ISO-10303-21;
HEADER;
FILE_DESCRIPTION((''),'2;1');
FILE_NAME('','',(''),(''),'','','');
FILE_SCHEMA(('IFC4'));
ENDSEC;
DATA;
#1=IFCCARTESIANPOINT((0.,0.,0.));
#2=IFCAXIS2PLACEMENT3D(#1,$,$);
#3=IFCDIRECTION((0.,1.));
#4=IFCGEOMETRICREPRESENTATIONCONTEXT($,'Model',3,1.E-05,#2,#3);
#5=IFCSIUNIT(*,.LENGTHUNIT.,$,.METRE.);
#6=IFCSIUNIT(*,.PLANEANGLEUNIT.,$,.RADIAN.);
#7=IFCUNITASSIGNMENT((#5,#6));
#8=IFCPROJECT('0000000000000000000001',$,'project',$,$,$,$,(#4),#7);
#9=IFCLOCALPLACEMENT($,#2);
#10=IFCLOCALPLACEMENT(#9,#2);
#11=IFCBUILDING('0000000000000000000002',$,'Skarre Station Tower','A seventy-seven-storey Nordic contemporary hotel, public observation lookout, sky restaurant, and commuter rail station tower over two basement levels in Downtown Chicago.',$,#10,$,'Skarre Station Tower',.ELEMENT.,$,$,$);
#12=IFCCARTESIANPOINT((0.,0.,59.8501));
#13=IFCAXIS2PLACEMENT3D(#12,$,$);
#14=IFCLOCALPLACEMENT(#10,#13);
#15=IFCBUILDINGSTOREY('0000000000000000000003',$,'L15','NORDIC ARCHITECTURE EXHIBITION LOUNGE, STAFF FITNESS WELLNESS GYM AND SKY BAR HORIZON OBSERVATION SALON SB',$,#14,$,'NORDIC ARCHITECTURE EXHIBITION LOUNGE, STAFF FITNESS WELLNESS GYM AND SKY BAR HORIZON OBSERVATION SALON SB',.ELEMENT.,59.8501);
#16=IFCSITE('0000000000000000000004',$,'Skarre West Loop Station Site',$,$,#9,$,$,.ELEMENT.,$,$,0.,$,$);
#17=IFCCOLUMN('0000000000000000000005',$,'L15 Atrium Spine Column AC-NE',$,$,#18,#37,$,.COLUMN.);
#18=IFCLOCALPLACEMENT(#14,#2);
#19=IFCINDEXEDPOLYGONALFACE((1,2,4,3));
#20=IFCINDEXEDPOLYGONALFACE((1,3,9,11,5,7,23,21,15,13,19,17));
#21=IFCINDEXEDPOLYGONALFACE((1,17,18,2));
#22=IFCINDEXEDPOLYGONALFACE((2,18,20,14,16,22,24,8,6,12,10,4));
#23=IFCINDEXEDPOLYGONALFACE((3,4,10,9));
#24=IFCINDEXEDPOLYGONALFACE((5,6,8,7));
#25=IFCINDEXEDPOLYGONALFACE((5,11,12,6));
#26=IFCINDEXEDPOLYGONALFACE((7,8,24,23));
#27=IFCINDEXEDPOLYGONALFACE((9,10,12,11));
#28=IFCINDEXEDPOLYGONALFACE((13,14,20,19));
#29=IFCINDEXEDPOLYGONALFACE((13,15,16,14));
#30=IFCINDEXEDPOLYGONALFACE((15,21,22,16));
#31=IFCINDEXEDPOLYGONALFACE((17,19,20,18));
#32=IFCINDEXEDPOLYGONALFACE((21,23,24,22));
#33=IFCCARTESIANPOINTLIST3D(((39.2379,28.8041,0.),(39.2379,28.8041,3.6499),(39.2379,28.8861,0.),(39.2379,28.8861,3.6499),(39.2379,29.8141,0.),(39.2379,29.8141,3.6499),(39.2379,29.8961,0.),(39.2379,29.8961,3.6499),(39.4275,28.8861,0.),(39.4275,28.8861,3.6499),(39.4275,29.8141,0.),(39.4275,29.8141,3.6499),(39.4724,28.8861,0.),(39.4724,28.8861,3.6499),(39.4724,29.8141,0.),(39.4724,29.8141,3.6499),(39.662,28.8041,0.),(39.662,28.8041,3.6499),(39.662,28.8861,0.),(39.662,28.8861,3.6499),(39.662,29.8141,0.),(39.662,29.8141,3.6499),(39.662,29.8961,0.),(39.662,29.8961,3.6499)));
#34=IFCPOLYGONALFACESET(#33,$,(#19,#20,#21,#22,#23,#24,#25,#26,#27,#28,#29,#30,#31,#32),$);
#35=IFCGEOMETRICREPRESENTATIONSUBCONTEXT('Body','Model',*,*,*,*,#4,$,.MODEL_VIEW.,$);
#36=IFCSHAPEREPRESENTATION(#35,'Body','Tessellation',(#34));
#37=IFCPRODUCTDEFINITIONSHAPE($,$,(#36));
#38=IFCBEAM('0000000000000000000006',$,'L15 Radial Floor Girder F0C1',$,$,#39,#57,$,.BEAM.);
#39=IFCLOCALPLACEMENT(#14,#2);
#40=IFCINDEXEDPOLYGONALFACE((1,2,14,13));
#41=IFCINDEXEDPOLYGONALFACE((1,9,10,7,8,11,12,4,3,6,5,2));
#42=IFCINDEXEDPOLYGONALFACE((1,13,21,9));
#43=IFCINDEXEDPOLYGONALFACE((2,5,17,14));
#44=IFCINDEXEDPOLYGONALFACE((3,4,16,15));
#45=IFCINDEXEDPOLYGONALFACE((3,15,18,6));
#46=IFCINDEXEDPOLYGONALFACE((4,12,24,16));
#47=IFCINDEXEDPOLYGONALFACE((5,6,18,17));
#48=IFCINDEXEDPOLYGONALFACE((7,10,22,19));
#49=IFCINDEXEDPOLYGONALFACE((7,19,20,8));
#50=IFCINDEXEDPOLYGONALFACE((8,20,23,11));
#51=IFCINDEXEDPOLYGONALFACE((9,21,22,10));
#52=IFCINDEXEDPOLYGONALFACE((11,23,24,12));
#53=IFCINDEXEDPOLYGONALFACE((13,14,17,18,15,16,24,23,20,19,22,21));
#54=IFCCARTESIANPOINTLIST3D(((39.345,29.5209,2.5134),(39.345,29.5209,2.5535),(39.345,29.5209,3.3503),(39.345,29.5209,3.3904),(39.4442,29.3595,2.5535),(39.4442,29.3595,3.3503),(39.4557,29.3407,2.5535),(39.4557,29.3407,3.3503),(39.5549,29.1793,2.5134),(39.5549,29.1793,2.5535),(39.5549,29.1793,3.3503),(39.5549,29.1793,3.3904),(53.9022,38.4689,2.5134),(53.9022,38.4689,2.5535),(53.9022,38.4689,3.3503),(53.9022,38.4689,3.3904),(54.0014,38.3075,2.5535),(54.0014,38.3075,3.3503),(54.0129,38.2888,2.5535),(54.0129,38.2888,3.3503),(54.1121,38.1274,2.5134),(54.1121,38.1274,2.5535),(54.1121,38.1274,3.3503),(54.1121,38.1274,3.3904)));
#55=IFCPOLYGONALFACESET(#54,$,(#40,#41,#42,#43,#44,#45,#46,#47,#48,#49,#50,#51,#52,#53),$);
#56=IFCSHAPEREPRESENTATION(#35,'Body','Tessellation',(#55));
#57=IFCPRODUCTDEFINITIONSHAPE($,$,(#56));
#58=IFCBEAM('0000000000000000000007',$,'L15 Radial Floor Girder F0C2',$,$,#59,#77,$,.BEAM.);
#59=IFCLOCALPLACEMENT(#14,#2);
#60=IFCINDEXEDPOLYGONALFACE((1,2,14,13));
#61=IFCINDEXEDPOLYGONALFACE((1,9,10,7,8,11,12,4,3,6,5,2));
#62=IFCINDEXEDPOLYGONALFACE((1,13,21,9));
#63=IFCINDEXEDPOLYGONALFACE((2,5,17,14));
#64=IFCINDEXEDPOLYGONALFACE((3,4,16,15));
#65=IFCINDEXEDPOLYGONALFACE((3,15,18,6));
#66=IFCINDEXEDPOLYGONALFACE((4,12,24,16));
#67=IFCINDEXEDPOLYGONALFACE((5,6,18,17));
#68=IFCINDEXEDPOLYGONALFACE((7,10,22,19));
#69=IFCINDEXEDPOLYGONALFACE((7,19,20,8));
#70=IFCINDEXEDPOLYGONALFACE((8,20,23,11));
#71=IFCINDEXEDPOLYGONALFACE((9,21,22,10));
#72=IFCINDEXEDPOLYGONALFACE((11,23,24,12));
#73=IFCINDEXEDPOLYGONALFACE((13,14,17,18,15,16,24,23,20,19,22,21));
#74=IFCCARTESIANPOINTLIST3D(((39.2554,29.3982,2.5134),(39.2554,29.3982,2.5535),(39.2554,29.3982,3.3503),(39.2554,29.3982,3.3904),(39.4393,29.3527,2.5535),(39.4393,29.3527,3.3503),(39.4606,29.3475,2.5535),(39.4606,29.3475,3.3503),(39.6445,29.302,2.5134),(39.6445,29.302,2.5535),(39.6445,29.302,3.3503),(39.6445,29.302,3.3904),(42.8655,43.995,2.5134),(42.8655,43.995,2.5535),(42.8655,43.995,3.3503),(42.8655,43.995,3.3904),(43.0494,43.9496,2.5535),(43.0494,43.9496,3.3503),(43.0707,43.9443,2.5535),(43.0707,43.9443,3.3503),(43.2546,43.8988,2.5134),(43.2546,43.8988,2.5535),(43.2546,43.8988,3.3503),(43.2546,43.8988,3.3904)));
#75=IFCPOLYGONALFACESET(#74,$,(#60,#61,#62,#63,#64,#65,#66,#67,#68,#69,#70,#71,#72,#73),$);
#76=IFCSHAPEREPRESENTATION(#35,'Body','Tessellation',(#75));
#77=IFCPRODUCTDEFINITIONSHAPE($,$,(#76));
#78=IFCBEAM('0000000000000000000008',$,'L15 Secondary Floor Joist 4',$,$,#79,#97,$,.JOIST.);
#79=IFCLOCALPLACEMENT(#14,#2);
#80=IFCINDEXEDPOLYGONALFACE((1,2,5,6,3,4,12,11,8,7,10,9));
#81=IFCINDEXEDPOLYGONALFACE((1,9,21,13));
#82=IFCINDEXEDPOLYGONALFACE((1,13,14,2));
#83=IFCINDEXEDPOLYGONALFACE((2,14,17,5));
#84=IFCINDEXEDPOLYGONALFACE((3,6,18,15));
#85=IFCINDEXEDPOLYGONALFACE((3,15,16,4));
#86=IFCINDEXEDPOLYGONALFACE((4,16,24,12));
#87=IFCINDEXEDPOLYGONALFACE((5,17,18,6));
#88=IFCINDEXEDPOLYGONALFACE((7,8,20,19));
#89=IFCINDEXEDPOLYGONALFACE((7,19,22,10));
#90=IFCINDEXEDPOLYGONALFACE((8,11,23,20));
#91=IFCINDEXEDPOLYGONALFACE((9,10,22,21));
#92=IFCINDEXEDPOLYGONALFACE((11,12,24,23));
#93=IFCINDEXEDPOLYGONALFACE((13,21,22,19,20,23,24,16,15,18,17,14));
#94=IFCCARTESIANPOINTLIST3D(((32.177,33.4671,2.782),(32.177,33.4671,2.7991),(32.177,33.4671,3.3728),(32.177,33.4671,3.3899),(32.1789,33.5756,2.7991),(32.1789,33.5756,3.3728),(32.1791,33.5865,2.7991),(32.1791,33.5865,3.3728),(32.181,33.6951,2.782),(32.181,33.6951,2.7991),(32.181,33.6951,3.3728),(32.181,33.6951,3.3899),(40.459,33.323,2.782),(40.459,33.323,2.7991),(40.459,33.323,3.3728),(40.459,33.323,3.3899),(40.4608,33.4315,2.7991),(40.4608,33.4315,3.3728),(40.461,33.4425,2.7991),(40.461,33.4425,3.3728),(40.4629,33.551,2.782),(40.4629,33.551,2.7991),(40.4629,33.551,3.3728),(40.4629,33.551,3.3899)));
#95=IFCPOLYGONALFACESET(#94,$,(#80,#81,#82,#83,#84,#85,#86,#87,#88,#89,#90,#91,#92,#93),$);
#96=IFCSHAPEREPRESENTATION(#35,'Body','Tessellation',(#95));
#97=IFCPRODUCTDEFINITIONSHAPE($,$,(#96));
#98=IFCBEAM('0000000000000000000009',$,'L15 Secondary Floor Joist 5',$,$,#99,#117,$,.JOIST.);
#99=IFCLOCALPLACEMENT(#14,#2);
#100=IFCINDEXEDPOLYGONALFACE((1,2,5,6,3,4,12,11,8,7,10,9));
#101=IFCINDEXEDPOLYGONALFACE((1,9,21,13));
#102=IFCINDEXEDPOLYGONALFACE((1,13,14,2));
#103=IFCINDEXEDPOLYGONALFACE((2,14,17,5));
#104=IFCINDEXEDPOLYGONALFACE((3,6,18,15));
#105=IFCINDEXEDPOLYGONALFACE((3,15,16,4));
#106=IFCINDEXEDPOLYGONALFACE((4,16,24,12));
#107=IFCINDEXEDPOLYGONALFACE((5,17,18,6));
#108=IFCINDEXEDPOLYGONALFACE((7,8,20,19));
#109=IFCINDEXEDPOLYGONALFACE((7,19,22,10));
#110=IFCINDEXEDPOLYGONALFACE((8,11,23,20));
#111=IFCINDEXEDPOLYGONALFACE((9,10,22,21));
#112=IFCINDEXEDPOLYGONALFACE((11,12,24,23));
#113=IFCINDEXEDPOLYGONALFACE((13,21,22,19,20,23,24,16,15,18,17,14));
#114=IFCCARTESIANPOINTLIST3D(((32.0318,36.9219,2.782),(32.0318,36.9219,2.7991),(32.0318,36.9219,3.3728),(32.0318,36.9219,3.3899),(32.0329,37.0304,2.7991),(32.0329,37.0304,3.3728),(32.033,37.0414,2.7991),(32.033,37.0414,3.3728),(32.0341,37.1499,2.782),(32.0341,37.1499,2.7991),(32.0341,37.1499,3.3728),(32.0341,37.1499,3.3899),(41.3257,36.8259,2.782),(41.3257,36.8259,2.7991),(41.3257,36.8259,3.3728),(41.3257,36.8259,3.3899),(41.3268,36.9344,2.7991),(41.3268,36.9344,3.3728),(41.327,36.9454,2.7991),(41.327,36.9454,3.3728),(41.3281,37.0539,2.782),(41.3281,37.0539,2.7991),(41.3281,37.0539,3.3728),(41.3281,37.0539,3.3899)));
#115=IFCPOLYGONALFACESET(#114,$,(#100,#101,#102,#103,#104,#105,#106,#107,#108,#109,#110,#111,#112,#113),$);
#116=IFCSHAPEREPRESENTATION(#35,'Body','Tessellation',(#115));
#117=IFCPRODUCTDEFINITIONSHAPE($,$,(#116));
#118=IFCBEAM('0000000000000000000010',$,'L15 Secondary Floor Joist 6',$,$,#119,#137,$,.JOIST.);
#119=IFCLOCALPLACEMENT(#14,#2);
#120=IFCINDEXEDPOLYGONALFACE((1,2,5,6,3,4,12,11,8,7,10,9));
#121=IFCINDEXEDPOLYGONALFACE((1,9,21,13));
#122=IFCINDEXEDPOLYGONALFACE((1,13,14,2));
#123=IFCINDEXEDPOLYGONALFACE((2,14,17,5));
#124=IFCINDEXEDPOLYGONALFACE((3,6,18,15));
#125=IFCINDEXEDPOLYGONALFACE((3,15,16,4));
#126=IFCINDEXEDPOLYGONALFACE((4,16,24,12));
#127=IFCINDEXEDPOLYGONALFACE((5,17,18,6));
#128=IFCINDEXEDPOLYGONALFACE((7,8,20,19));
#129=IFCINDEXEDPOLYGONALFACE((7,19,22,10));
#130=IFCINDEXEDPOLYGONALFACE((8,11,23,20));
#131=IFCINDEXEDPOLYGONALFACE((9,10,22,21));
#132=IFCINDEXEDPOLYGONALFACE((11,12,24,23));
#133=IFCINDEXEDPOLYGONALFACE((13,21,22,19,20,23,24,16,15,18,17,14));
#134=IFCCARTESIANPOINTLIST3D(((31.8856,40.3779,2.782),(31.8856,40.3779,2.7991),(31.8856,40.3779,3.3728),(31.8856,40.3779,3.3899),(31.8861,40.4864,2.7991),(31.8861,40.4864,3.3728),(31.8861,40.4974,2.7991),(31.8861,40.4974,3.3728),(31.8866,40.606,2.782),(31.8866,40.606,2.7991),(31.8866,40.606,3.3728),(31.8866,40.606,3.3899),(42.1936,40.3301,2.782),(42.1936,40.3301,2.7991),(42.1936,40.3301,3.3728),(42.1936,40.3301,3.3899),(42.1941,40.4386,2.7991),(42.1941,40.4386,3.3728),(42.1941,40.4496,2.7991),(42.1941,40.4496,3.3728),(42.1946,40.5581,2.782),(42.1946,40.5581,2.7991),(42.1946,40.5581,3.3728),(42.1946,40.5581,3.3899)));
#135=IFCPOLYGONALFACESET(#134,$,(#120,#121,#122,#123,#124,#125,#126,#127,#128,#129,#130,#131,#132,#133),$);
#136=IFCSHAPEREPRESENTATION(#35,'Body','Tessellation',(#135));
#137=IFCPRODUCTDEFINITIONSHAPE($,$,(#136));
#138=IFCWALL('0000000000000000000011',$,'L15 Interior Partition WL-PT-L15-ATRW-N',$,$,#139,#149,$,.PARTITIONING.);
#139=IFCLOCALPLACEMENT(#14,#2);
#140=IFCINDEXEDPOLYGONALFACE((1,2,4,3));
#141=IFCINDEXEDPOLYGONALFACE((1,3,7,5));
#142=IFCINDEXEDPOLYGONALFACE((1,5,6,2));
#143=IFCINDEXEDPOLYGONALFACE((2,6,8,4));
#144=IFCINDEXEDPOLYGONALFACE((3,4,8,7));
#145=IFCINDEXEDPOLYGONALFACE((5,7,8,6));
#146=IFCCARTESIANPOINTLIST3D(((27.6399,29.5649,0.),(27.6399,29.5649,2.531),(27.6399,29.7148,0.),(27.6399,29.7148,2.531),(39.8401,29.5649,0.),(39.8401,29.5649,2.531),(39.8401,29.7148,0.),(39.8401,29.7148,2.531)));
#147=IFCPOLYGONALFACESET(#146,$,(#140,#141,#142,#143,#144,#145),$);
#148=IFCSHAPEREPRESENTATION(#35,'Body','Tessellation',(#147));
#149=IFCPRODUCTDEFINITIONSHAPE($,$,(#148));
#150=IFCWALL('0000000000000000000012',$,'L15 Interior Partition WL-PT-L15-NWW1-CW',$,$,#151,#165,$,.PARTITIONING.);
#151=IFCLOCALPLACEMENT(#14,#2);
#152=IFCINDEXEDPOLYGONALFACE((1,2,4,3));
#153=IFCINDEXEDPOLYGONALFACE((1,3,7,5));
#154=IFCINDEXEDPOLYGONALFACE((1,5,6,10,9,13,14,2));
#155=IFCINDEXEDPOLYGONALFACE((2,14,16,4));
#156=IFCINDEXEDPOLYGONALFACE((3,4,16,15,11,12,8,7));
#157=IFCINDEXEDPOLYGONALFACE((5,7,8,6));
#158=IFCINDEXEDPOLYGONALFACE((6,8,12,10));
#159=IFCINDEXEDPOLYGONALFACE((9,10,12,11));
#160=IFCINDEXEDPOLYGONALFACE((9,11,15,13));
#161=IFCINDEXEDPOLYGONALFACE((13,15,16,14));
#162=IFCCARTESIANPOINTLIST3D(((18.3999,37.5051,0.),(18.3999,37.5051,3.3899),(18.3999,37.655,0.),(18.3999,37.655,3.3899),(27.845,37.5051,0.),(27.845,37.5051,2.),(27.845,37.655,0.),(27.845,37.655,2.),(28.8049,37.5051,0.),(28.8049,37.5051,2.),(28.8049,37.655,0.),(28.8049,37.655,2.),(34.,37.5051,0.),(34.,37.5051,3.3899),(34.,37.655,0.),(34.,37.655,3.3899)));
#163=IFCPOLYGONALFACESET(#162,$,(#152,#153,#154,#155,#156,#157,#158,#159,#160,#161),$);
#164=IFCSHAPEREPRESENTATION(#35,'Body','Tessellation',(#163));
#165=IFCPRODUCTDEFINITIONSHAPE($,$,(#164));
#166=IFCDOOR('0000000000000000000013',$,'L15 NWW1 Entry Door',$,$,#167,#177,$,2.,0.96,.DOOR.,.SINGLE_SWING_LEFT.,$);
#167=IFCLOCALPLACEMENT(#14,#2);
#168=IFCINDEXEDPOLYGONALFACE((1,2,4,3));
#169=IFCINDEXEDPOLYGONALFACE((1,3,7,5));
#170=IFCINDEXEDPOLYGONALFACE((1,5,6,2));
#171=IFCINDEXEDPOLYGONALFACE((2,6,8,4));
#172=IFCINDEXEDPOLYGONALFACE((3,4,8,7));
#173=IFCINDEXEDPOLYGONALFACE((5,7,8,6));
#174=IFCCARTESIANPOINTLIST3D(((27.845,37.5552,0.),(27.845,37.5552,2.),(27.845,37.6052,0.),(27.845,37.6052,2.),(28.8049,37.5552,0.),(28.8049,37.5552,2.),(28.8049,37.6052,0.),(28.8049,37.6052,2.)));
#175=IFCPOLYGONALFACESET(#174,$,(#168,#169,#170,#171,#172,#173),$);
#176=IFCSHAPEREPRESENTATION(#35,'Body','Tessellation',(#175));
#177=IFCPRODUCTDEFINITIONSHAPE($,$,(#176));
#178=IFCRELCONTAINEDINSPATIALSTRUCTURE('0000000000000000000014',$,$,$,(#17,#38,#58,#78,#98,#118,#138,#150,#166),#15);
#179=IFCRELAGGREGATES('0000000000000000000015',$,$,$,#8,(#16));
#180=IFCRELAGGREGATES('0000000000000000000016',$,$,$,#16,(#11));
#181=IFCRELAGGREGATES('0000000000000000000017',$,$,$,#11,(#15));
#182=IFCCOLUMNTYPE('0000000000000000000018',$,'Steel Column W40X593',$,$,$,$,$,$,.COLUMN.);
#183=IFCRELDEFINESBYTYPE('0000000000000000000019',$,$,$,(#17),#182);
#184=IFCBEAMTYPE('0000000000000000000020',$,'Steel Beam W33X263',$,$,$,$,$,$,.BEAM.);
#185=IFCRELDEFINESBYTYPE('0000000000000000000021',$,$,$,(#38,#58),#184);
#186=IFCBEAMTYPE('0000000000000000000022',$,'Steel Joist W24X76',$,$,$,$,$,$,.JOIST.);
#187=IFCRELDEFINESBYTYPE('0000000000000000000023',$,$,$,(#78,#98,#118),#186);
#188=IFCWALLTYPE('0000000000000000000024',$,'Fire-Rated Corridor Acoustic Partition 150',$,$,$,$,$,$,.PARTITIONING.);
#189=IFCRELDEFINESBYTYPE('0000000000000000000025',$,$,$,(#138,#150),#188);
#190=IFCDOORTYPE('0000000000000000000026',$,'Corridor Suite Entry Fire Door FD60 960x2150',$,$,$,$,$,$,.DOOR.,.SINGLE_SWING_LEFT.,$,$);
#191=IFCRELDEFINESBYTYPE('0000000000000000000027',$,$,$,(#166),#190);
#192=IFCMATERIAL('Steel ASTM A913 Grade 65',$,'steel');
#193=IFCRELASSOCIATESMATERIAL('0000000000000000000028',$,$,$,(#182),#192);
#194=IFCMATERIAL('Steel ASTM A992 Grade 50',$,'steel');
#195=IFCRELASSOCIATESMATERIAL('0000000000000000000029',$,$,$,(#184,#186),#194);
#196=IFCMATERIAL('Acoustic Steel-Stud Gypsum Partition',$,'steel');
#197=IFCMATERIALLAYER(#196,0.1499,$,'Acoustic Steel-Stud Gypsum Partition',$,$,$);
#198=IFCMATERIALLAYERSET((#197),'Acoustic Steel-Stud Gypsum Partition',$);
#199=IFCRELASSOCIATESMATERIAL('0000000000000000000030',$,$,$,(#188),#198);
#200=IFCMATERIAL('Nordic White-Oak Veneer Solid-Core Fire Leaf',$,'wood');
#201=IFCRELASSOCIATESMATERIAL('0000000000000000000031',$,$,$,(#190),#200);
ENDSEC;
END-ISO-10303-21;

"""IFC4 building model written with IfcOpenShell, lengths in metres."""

from ifc_helpers import new_model, si_unit, direction, frame, frame_2d, origin, origin_2d, place, context, subcontext, project, spatial, rectangle, i_section, extrude, material, layer, layer_set, material_profile, profile_set, type_object, element, fill, save


model = new_model("IFC4")

# Units and contexts
model_context = context("Model", 3, precision=1e-05, world=origin(), true_north=direction((0.0, 1.0)))
body_context = subcontext(model_context, "Body", "Model", "MODEL_VIEW")
ifc_project = project(units=[si_unit("LENGTHUNIT", "METRE"), si_unit("PLANEANGLEUNIT", "RADIAN")], contexts=[model_context])

# Site, building, storey
site_placement = place(None, origin())
site = spatial("IfcSite", under=ifc_project, at=site_placement, Name="Skarre West Loop Station Site", CompositionType="ELEMENT", RefElevation=0.0)
building_placement = place(site_placement, origin())
building = spatial("IfcBuilding", under=site, at=building_placement, Name="Skarre Station Tower", Description="A seventy-seven-storey Nordic contemporary hotel, public observation lookout, sky restaurant, and commuter rail station tower over two basement levels in Downtown Chicago.", LongName="Skarre Station Tower", CompositionType="ELEMENT")
storey_placement = place(building_placement, frame((0.0, 0.0, 59.8501)))
storey = spatial("IfcBuildingStorey", under=building, at=storey_placement, Name="L15", Description="NORDIC ARCHITECTURE EXHIBITION LOUNGE, STAFF FITNESS WELLNESS GYM AND SKY BAR HORIZON OBSERVATION SALON SB", LongName="NORDIC ARCHITECTURE EXHIBITION LOUNGE, STAFF FITNESS WELLNESS GYM AND SKY BAR HORIZON OBSERVATION SALON SB", CompositionType="ELEMENT", Elevation=59.8501)

# Column
ifc_material_1 = material(Name="Steel ASTM A913 Grade 65", Category="steel")
ifc_material_profile_1 = material_profile(ifc_material_1, i_section(OverallWidth=0.4241, OverallDepth=1.092, WebThickness=0.0449, FlangeThickness=0.082, at=origin_2d()), Name="Steel ASTM A913 Grade 65")
ifc_profile_set_1 = profile_set([ifc_material_profile_1], Name="Steel ASTM A913 Grade 65")
column_type = type_object("IfcColumnType", Name="Steel Column W40X593", PredefinedType="COLUMN", material=ifc_profile_set_1)
column_placement = place(storey_placement, frame((39.45, 29.3501, 0.0), z_axis=(0.0, 0.0, 1.0), x_axis=(1.0, 0.0, 0.0)))
element("IfcColumn", 1, at=column_placement, inside=storey, type_object=column_type, Name="L15 Atrium Spine Column AC-NE", PredefinedType="COLUMN", context=body_context, shape_type="SweptSolid", body=[
    extrude(i_section(OverallWidth=0.4241, OverallDepth=1.092, WebThickness=0.0449, FlangeThickness=0.082, at=origin_2d()), origin(), (0.0, 0.0, 1.0), 3.6499),
])

# Beams
ifc_material_2 = material(Name="Steel ASTM A992 Grade 50", Category="steel")
ifc_material_profile_2 = material_profile(ifc_material_2, i_section(OverallWidth=0.4009, OverallDepth=0.877, WebThickness=0.022, FlangeThickness=0.04, at=origin_2d()), Name="Steel ASTM A992 Grade 50")
ifc_profile_set_2 = profile_set([ifc_material_profile_2], Name="Steel ASTM A992 Grade 50")
beam_type_1 = type_object("IfcBeamType", Name="Steel Beam W33X263", PredefinedType="BEAM", material=ifc_profile_set_2)
beam_1_placement = place(storey_placement, frame((39.45, 29.3501, 2.9519), z_axis=(0.851926, 0.523663, 0.0), x_axis=(-0.523663, 0.851926, 0.0)))
element("IfcBeam", 2, at=beam_1_placement, inside=storey, type_object=beam_type_1, Name="L15 Radial Floor Girder F0C1", PredefinedType="BEAM", context=body_context, shape_type="SweptSolid", body=[
    extrude(i_section(OverallWidth=0.4009, OverallDepth=0.877, WebThickness=0.022, FlangeThickness=0.04, at=origin_2d()), origin(), (0.0, 0.0, 1.0), 17.0874),
])
beam_2_placement = place(storey_placement, frame((39.45, 29.3501, 2.9519), z_axis=(0.240086, 0.970752, 0.0), x_axis=(-0.970752, 0.240086, 0.0)))
element("IfcBeam", 3, at=beam_2_placement, inside=storey, type_object=beam_type_1, Name="L15 Radial Floor Girder F0C2", PredefinedType="BEAM", context=body_context, shape_type="SweptSolid", body=[
    extrude(i_section(OverallWidth=0.4009, OverallDepth=0.877, WebThickness=0.022, FlangeThickness=0.04, at=origin_2d()), origin(), (0.0, 0.0, 1.0), 15.0366),
])
ifc_material_profile_3 = material_profile(ifc_material_2, i_section(OverallWidth=0.228, OverallDepth=0.6079, WebThickness=0.011, FlangeThickness=0.0171, at=origin_2d()), Name="Steel ASTM A992 Grade 50")
ifc_profile_set_3 = profile_set([ifc_material_profile_3], Name="Steel ASTM A992 Grade 50")
beam_type_2 = type_object("IfcBeamType", Name="Steel Joist W24X76", PredefinedType="JOIST", material=ifc_profile_set_3)
beam_3_placement = place(storey_placement, frame((40.4609, 33.437, 3.0859), z_axis=(-0.999849, 0.01739, 0.0), x_axis=(-0.01739, -0.999849, 0.0)))
element("IfcBeam", 4, at=beam_3_placement, inside=storey, type_object=beam_type_2, Name="L15 Secondary Floor Joist 4", PredefinedType="JOIST", context=body_context, shape_type="SweptSolid", body=[
    extrude(i_section(OverallWidth=0.228, OverallDepth=0.6079, WebThickness=0.011, FlangeThickness=0.0171, at=origin_2d()), origin(), (0.0, 0.0, 1.0), 8.2832),
])
beam_4_placement = place(storey_placement, frame((41.3269, 36.9399, 3.0859), z_axis=(-0.999947, 0.010323, 0.0), x_axis=(-0.010323, -0.999947, 0.0)))
element("IfcBeam", 5, at=beam_4_placement, inside=storey, type_object=beam_type_2, Name="L15 Secondary Floor Joist 5", PredefinedType="JOIST", context=body_context, shape_type="SweptSolid", body=[
    extrude(i_section(OverallWidth=0.228, OverallDepth=0.6079, WebThickness=0.011, FlangeThickness=0.0171, at=origin_2d()), origin(), (0.0, 0.0, 1.0), 9.2944),
])
beam_5_placement = place(storey_placement, frame((42.1941, 40.4441, 3.0859), z_axis=(-0.999989, 0.004642, 0.0), x_axis=(-0.004642, -0.999989, 0.0)))
element("IfcBeam", 6, at=beam_5_placement, inside=storey, type_object=beam_type_2, Name="L15 Secondary Floor Joist 6", PredefinedType="JOIST", context=body_context, shape_type="SweptSolid", body=[
    extrude(i_section(OverallWidth=0.228, OverallDepth=0.6079, WebThickness=0.011, FlangeThickness=0.0171, at=origin_2d()), origin(), (0.0, 0.0, 1.0), 10.3081),
])

# Wall
ifc_material_3 = material(Name="Acoustic Steel-Stud Gypsum Partition", Category="steel")
ifc_layer_1 = layer(ifc_material_3, 0.1499, Name="Acoustic Steel-Stud Gypsum Partition")
ifc_layer_set_1 = layer_set([ifc_layer_1], Name="Acoustic Steel-Stud Gypsum Partition")
wall_type_1 = type_object("IfcWallType", Name="Fire-Rated Corridor Acoustic Partition 150", PredefinedType="PARTITIONING", material=ifc_layer_set_1)
wall_1_placement = place(storey_placement, frame((39.8401, 29.6399, 0.0), z_axis=(0.0, 0.0, 1.0), x_axis=(-1.0, 0.0, 0.0)))
element("IfcWall", 7, at=wall_1_placement, inside=storey, type_object=wall_type_1, Name="L15 Interior Partition WL-PT-L15-ATRW-N", PredefinedType="PARTITIONING", context=body_context, shape_type="SweptSolid", body=[
    extrude(rectangle(XDim=12.2002, YDim=0.1499, at=frame_2d((6.1001, 0.0))), origin(), (0.0, 0.0, 1.0), 2.531),
])

# Wall, opening, door
wall_2_placement = place(storey_placement, frame((34.0, 37.5801, 0.0), z_axis=(0.0, 0.0, 1.0), x_axis=(-1.0, 0.0, 0.0)))
wall_2 = element("IfcWall", 8, at=wall_2_placement, inside=storey, type_object=wall_type_1, Name="L15 Interior Partition WL-PT-L15-NWW1-CW", PredefinedType="PARTITIONING", context=body_context, shape_type="SweptSolid", body=[
    extrude(rectangle(XDim=15.6001, YDim=0.1499, at=frame_2d((7.8, 0.0))), origin(), (0.0, 0.0, 1.0), 3.3899),
])
opening_1_placement = place(wall_2_placement, frame((5.1951, 0.0, 0.0)))
opening_1 = element("IfcOpeningElement", 9, at=opening_1_placement, cuts=wall_2, PredefinedType="OPENING", context=body_context, shape_type="SweptSolid", body=[
    extrude(rectangle(XDim=0.96, YDim=2.0, at=frame_2d((0.48, 1.0))), frame((0.0, 0.085, 0.0), z_axis=(0.0, -1.0, 0.0), x_axis=(1.0, 0.0, 0.0)), (0.0, 0.0, 1.0), 0.1699),
])
ifc_material_4 = material(Name="Nordic White-Oak Veneer Solid-Core Fire Leaf", Category="wood")
door_type = type_object("IfcDoorType", Name="Corridor Suite Entry Fire Door FD60 960x2150", OperationType="SINGLE_SWING_LEFT", PredefinedType="DOOR", material=ifc_material_4)
door_placement = place(opening_1_placement, origin())
door = element("IfcDoor", 10, at=door_placement, inside=storey, type_object=door_type, Name="L15 NWW1 Entry Door", OperationType="SINGLE_SWING_LEFT", OverallHeight=2.0, OverallWidth=0.96, PredefinedType="DOOR", context=body_context, shape_type="SweptSolid", body=[
    extrude(rectangle(XDim=0.96, YDim=2.0, at=frame_2d((0.48, 1.0))), frame((0.0, 0.0249, 0.0), z_axis=(0.0, -1.0, 0.0), x_axis=(1.0, 0.0, 0.0)), (0.0, 0.0, 1.0), 0.05),
])
fill(opening_1, door)

save(model, "model.ifc")
